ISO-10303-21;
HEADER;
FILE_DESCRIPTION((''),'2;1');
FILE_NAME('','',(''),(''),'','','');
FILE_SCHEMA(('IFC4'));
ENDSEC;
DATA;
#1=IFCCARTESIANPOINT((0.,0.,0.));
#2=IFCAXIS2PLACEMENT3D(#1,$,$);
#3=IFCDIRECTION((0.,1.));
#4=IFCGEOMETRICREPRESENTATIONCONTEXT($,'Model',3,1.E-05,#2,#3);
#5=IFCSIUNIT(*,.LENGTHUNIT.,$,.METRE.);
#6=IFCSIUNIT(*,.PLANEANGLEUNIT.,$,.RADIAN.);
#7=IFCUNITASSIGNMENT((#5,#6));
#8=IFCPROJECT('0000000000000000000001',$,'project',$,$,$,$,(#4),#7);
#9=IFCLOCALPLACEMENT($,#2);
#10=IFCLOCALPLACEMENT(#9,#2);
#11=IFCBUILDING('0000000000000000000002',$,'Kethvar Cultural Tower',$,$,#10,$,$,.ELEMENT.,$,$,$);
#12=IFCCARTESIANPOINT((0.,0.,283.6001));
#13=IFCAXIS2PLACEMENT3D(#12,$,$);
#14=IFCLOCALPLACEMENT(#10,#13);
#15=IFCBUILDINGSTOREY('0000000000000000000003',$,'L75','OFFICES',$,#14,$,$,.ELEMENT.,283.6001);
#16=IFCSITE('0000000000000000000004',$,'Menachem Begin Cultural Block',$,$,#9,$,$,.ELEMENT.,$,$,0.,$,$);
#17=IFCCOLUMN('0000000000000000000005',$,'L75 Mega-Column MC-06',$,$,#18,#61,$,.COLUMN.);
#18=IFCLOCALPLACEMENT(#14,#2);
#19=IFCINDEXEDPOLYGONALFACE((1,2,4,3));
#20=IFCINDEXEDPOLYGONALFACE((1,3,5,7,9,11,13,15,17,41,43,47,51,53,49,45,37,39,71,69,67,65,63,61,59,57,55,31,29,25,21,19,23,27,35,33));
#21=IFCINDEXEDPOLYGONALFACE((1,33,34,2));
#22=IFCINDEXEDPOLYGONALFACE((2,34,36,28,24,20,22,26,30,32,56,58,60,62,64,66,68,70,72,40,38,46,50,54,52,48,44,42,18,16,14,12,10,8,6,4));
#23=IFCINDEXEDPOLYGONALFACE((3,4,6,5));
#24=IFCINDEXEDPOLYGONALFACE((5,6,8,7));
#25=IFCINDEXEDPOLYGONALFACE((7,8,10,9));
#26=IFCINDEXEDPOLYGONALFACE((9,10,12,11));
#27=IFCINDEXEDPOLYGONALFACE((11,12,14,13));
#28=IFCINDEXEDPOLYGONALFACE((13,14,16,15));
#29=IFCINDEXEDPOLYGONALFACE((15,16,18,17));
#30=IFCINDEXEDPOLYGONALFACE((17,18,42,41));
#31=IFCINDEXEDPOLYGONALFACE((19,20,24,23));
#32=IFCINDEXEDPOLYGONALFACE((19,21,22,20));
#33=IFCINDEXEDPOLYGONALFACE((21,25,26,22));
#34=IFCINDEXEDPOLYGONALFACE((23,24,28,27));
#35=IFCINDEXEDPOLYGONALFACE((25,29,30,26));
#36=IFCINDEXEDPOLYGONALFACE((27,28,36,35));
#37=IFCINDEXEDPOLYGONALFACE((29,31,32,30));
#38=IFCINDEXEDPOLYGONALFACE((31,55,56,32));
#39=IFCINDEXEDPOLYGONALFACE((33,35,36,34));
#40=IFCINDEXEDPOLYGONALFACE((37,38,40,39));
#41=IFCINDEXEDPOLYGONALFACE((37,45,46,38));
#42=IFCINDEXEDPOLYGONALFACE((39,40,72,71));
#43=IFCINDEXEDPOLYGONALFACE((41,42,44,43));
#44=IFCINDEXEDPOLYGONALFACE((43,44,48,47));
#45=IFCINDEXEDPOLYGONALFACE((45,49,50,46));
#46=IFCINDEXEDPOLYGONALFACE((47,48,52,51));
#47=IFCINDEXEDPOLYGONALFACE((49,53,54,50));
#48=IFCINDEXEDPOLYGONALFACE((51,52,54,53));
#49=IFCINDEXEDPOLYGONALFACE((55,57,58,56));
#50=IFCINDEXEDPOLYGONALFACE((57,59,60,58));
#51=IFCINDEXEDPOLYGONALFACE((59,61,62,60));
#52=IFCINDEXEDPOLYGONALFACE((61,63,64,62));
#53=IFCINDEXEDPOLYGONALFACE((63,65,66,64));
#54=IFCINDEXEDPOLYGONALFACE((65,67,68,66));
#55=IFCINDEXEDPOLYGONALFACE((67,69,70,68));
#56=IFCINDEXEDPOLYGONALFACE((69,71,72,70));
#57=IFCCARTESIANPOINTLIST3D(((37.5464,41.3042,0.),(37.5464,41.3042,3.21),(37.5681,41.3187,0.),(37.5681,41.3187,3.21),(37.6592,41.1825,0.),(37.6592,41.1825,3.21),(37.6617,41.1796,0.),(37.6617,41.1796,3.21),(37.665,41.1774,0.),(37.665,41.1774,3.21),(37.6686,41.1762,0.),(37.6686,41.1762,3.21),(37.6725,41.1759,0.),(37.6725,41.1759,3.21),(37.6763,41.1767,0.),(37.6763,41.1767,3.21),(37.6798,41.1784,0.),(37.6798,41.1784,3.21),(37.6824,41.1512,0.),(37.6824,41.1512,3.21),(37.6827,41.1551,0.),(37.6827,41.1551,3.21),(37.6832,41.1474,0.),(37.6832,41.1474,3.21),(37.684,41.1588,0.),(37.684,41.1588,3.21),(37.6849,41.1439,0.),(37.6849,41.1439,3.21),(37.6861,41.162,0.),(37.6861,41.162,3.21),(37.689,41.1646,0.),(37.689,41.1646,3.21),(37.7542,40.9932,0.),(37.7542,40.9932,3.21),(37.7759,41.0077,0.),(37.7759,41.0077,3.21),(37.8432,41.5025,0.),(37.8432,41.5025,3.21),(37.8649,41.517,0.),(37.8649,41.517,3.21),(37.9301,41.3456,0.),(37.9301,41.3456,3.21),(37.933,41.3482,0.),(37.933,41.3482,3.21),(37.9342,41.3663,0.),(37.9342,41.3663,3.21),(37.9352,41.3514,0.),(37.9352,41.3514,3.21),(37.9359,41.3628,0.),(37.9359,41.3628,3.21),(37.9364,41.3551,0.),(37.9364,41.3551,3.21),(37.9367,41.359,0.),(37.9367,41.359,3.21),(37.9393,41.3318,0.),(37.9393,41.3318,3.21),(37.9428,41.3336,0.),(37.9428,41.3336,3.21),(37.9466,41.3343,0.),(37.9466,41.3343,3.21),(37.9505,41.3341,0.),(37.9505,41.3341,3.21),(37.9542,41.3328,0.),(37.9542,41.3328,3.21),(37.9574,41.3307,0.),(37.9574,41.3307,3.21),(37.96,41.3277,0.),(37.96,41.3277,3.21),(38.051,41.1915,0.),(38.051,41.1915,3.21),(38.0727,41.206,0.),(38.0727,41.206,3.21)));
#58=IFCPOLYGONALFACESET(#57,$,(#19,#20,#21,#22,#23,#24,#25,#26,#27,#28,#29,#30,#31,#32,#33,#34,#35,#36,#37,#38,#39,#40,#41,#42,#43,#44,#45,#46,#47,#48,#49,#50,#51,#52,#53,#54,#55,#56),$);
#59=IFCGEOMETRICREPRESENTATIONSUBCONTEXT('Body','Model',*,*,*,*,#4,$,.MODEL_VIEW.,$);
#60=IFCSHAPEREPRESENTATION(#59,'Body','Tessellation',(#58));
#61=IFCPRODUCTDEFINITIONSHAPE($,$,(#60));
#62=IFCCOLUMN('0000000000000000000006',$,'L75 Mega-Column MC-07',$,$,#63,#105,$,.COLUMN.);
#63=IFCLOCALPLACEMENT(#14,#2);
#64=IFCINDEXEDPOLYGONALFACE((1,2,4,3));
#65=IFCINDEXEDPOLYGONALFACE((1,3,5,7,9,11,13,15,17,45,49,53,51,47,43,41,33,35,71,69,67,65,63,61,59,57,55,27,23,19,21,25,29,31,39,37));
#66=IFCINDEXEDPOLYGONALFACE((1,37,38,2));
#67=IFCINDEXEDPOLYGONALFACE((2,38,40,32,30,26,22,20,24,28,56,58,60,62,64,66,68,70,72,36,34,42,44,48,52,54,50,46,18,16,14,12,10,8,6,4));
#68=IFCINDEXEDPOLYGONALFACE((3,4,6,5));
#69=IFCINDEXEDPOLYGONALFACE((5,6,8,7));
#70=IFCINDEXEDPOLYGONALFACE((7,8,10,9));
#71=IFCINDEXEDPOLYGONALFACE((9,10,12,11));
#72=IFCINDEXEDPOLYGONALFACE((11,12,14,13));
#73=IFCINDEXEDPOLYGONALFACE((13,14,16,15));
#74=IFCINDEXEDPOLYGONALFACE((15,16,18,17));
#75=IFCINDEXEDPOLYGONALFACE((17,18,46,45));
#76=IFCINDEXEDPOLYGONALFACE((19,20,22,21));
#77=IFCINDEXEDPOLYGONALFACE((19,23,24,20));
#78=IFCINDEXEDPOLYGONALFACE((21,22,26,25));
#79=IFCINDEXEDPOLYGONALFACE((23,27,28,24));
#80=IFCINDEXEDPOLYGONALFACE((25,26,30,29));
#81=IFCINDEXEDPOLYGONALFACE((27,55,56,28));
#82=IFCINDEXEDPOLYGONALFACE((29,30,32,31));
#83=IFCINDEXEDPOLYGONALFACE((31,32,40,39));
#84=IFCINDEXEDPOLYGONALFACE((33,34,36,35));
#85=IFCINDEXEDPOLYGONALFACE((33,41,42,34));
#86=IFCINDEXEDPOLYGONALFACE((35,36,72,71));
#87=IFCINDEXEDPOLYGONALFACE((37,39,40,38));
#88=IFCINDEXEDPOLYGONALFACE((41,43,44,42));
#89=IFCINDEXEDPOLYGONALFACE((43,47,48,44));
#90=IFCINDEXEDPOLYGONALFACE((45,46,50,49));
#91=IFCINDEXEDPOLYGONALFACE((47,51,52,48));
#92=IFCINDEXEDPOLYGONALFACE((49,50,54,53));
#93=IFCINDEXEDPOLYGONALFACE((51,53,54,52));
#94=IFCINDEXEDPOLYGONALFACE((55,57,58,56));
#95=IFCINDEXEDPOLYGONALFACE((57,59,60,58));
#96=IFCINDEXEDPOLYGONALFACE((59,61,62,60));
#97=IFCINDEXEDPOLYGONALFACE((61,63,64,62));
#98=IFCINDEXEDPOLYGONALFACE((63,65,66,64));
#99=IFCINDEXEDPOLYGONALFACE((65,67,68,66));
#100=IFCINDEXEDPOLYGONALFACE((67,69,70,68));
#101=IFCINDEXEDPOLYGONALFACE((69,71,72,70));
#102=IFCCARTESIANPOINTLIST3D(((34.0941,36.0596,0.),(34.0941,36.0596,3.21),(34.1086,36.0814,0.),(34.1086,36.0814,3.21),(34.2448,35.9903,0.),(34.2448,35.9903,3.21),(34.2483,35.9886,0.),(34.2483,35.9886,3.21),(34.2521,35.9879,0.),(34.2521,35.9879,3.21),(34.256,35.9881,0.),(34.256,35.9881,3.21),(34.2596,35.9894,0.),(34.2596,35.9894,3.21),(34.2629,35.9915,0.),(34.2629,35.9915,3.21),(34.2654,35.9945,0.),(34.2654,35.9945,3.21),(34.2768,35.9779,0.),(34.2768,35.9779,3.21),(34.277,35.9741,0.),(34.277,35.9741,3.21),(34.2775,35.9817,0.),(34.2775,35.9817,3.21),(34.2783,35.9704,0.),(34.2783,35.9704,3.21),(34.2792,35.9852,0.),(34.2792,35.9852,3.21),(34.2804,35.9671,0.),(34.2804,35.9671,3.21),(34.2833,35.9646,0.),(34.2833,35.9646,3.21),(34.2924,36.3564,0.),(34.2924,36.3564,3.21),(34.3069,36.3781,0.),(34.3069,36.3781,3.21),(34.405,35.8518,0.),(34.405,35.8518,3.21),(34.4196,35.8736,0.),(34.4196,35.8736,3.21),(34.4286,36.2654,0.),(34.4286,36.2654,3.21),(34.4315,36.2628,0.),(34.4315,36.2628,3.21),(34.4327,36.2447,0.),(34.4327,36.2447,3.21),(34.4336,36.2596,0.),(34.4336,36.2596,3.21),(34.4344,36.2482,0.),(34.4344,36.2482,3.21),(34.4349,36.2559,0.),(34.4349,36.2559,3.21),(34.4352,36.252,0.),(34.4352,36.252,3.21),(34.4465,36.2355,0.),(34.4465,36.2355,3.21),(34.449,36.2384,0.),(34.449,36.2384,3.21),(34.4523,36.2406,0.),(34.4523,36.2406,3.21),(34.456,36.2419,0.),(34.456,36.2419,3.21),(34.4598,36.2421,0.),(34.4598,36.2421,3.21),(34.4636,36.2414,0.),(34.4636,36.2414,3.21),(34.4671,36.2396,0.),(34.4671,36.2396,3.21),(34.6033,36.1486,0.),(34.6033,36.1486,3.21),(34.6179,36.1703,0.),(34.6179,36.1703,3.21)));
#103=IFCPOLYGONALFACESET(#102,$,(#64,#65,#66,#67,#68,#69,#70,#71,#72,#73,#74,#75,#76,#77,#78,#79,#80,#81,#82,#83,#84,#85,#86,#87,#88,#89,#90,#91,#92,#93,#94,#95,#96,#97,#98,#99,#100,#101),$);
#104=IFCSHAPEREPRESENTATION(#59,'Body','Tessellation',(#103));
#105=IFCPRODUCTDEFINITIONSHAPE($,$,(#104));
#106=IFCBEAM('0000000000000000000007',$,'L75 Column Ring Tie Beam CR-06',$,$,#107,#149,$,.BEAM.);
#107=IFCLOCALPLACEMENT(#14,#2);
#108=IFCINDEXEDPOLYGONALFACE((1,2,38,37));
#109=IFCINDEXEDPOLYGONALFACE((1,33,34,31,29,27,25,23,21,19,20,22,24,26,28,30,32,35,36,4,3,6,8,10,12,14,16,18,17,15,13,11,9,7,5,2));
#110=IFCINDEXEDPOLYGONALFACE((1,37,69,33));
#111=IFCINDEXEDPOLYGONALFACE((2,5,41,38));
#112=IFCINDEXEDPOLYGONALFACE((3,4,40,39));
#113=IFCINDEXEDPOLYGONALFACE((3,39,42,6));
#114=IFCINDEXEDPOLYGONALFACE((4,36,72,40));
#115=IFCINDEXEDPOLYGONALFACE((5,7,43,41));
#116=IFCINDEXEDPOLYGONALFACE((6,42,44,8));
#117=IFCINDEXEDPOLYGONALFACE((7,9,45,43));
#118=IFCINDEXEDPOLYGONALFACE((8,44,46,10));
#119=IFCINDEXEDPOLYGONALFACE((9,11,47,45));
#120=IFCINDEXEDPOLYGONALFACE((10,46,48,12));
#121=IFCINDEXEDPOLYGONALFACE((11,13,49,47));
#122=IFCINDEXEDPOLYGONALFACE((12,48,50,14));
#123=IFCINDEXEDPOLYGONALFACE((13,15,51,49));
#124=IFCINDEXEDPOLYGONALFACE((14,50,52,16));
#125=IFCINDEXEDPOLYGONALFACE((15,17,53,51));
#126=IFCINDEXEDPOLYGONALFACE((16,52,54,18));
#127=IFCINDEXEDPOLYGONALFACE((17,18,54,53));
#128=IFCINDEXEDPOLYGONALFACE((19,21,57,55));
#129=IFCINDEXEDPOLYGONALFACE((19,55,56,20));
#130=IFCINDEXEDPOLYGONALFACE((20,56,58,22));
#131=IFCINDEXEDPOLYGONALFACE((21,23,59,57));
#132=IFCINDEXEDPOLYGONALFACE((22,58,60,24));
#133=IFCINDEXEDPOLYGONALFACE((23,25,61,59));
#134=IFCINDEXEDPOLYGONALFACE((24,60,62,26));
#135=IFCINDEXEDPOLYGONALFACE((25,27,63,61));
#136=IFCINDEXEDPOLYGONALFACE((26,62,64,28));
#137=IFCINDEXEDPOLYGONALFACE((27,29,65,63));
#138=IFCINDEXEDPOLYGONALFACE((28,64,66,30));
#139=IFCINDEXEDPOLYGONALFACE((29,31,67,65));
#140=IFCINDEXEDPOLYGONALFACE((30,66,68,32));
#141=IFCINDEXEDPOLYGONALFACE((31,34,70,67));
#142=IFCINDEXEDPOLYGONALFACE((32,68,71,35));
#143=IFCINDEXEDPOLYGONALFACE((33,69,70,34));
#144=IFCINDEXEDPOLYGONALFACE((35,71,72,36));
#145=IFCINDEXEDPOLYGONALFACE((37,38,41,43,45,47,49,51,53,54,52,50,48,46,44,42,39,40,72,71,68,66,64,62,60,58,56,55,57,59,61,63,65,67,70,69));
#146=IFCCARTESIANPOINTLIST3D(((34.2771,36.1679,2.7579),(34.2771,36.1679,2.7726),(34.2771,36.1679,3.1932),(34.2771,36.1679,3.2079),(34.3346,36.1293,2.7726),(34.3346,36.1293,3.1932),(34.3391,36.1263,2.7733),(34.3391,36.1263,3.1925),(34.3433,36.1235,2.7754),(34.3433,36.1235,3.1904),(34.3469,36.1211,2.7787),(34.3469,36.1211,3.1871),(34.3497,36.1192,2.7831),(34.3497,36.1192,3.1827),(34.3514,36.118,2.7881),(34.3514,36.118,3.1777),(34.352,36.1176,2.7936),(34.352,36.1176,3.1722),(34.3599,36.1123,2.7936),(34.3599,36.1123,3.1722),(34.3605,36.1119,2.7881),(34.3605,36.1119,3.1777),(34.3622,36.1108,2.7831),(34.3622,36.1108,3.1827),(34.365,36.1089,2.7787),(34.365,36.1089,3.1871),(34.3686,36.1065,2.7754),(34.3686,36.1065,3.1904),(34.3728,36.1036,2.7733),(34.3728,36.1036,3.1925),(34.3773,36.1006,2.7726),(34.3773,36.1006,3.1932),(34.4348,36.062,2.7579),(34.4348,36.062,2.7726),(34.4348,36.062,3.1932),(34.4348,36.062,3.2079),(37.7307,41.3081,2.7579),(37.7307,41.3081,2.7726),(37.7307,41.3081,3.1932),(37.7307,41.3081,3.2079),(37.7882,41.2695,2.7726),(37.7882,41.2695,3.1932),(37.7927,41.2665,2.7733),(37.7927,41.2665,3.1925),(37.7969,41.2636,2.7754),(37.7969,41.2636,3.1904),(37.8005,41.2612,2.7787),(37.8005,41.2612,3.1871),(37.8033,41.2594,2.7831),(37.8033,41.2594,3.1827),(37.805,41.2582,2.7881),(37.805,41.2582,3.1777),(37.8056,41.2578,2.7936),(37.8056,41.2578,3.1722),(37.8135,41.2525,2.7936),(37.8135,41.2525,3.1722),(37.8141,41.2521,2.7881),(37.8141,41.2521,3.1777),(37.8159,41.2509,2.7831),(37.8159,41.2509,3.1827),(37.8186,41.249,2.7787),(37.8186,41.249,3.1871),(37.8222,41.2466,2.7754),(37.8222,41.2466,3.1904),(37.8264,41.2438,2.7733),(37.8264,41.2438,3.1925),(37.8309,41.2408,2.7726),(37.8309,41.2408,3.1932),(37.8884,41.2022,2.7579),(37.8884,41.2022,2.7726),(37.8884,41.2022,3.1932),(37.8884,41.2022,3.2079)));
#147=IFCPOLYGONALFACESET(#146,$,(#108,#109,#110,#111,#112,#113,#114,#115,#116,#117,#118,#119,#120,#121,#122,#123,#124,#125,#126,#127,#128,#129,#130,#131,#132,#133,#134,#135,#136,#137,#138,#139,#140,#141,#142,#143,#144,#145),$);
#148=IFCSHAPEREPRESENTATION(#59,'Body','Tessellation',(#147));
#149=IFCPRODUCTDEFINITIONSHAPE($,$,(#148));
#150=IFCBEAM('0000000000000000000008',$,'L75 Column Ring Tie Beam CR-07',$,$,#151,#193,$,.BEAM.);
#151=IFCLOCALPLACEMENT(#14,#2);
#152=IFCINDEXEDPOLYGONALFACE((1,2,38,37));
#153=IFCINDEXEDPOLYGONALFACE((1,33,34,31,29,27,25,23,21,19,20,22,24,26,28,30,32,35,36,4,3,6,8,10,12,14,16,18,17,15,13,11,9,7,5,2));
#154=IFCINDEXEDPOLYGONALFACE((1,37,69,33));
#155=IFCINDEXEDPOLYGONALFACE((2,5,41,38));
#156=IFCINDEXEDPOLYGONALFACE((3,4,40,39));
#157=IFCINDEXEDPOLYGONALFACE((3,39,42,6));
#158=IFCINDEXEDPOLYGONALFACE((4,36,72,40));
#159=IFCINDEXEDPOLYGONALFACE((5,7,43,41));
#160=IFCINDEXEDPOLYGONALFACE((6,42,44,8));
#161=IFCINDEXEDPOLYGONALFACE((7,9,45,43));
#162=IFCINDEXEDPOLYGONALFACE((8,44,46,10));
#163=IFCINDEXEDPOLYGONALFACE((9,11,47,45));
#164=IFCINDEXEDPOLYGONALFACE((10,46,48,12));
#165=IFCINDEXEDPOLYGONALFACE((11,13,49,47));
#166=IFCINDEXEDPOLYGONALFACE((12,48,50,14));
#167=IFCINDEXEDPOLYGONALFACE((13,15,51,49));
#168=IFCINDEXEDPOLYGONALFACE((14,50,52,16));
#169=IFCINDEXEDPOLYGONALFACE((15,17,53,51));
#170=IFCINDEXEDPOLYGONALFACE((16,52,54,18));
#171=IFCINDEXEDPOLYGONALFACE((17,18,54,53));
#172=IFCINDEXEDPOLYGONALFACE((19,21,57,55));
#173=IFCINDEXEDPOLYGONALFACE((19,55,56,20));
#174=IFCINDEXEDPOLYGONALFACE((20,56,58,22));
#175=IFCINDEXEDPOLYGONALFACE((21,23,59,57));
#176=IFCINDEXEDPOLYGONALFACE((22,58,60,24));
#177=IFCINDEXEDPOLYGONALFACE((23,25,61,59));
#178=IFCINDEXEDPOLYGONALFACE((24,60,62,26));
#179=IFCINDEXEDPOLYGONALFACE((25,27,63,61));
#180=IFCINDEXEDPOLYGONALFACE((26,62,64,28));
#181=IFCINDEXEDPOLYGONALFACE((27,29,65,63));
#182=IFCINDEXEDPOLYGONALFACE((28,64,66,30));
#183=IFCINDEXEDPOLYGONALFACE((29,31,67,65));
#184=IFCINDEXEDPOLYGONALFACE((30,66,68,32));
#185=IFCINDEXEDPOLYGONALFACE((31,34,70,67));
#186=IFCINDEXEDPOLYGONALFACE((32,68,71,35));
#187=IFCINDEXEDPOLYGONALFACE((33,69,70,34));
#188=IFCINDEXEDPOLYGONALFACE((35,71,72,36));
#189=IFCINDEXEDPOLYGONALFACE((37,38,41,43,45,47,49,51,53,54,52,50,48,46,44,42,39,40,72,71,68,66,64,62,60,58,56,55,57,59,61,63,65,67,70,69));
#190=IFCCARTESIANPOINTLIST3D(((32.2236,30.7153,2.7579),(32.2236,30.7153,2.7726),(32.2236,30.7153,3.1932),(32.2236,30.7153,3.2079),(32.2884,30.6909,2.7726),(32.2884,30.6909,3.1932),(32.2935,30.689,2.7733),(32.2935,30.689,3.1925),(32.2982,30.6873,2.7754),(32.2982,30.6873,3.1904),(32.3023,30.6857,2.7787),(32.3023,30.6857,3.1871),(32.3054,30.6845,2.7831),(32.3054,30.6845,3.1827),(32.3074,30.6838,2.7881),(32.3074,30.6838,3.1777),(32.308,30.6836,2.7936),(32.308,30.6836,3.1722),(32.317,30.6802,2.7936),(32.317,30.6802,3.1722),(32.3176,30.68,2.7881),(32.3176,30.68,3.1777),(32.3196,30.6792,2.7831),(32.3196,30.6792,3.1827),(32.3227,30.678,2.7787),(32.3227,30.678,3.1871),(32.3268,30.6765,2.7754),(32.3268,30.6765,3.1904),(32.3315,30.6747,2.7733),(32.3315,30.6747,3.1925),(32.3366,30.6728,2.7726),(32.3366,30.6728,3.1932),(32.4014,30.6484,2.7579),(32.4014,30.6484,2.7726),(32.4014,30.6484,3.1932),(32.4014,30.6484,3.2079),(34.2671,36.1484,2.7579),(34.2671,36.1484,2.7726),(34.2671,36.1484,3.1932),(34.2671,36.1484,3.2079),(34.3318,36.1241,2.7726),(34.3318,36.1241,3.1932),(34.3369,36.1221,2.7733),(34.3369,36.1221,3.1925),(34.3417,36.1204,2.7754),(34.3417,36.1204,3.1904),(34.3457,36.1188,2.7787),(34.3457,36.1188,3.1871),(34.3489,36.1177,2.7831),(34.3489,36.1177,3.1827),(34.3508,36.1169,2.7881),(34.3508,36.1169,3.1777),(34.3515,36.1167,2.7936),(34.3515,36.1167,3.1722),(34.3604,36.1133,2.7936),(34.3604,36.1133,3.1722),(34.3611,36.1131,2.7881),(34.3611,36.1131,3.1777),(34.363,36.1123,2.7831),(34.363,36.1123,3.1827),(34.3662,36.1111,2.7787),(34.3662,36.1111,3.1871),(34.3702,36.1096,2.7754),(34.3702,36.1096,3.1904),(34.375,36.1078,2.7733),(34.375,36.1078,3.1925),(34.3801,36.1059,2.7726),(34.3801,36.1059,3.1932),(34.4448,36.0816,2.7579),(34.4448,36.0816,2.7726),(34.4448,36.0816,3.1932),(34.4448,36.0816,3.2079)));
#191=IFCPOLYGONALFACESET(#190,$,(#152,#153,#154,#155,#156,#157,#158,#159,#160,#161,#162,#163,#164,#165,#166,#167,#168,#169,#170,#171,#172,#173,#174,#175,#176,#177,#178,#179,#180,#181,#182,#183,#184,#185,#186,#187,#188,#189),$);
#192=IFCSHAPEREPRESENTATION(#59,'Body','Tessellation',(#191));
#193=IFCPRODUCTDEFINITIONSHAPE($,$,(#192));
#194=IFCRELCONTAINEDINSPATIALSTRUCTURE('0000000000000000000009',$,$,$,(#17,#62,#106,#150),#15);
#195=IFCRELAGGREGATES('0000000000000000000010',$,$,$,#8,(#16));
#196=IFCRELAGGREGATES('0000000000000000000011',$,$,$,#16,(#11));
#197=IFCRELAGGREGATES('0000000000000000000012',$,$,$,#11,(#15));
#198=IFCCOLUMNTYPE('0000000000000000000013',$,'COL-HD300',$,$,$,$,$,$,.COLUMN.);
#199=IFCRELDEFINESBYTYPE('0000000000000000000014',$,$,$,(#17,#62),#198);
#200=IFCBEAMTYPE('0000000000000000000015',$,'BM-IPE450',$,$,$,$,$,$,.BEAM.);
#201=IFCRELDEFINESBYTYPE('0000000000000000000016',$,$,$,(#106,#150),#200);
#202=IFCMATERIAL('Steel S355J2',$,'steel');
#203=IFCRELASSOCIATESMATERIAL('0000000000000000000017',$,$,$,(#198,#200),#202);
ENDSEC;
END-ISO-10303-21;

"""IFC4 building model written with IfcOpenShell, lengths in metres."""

from ifc_helpers import new_model, si_unit, direction, frame, origin, origin_2d, place, context, subcontext, project, spatial, i_section, extrude, source, transform, mapped, material, material_profile, profile_set, type_object, element, save


model = new_model("IFC4")

# Units and contexts
model_context = context("Model", 3, precision=1e-05, world=origin(), true_north=direction((0.0, 1.0)))
body_context = subcontext(model_context, "Body", "Model", "MODEL_VIEW")
ifc_project = project(units=[si_unit("LENGTHUNIT", "METRE"), si_unit("PLANEANGLEUNIT", "RADIAN")], contexts=[model_context])

# Site, building, storey
site_placement = place(None, origin())
site = spatial("IfcSite", under=ifc_project, at=site_placement, Name="Menachem Begin Cultural Block", CompositionType="ELEMENT", RefElevation=0.0)
building_placement = place(site_placement, origin())
building = spatial("IfcBuilding", under=site, at=building_placement, Name="Kethvar Cultural Tower", CompositionType="ELEMENT")
storey_placement = place(building_placement, frame((0.0, 0.0, 283.6001)))
storey = spatial("IfcBuildingStorey", under=building, at=storey_placement, Name="L75", Description="OFFICES", CompositionType="ELEMENT", Elevation=283.6001)

# Columns
ifc_material_1 = material(Name="Steel S355J2", Category="steel")
ifc_material_profile_1 = material_profile(ifc_material_1, i_section(OverallWidth=0.374, OverallDepth=0.3831, WebThickness=0.0166, FlangeThickness=0.0261, FilletRadius=0.0149, at=origin_2d()), Name="Steel S355J2 — HD360x300")
ifc_profile_set_1 = profile_set([ifc_material_profile_1], Name="Steel S355J2 — HD360x300")
column_type = type_object("IfcColumnType", Name="COL-HD300", PredefinedType="COLUMN", material=ifc_profile_set_1)
shared_shape_1 = source(origin(), body_context, "Body", "SweptSolid", [
    extrude(i_section(OverallWidth=0.374, OverallDepth=0.3831, WebThickness=0.0166, FlangeThickness=0.0261, FilletRadius=0.0149, at=origin_2d()), origin(), (0.0, 0.0, 1.0), 3.21),
])
for number, where, z_axis, x_axis, name in (
    (1, (37.8096, 41.2551, 0.0), (0.0, 0.0, 1.0), (-0.55557, 0.83147, 0.0), "L75 Mega-Column MC-06"),
    (2, (34.356, 36.115, 0.0), (0.0, 0.0, 1.0), (-0.83147, 0.55557, 0.0), "L75 Mega-Column MC-07"),
):
    element("IfcColumn", number, at=place(storey_placement, frame(where, z_axis=z_axis, x_axis=x_axis)), inside=storey, type_object=column_type, Name=name, PredefinedType="COLUMN", context=body_context, shape_type="MappedRepresentation", body=[
        mapped(shared_shape_1, transform((0.0, 0.0, 0.0), scale=1.0)),
    ])

# Beams
ifc_material_profile_2 = material_profile(ifc_material_1, i_section(OverallWidth=0.1899, OverallDepth=0.45, WebThickness=0.0095, FlangeThickness=0.0146, FilletRadius=0.021, at=origin_2d()), Name="Steel S355J2 — IPE450")
ifc_profile_set_2 = profile_set([ifc_material_profile_2], Name="Steel S355J2 — IPE450")
beam_type_1 = type_object("IfcBeamType", Name="BM-IPE450", PredefinedType="BEAM", material=ifc_profile_set_2)
shared_shape_2 = source(origin(), body_context, "Body", "SweptSolid", [
    extrude(i_section(OverallWidth=0.1899, OverallDepth=0.45, WebThickness=0.0095, FlangeThickness=0.0146, FilletRadius=0.021, at=origin_2d()), origin(), (0.0, 0.0, 1.0), 6.1926),
])
beam_1_placement = place(storey_placement, frame((37.8096, 41.2551, 2.9829), z_axis=(-0.557699, -0.830043, 0.0), x_axis=(0.830043, -0.557699, 0.0)))
element("IfcBeam", 3, at=beam_1_placement, inside=storey, type_object=beam_type_1, Name="L75 Column Ring Tie Beam CR-06", PredefinedType="BEAM", context=body_context, shape_type="MappedRepresentation", body=[
    mapped(shared_shape_2, transform((0.0, 0.0, 0.0), scale=1.0)),
])
shared_shape_3 = source(origin(), body_context, "Body", "SweptSolid", [
    extrude(i_section(OverallWidth=0.1899, OverallDepth=0.45, WebThickness=0.0095, FlangeThickness=0.0146, FilletRadius=0.021, at=origin_2d()), origin(), (0.0, 0.0, 1.0), 5.8047),
])
beam_2_placement = place(storey_placement, frame((34.356, 36.115, 2.9829), z_axis=(-0.352036, -0.935986, 0.0), x_axis=(0.935986, -0.352036, 0.0)))
element("IfcBeam", 4, at=beam_2_placement, inside=storey, type_object=beam_type_1, Name="L75 Column Ring Tie Beam CR-07", PredefinedType="BEAM", context=body_context, shape_type="MappedRepresentation", body=[
    mapped(shared_shape_3, transform((0.0, 0.0, 0.0), scale=1.0)),
])

save(model, "model.ifc")
